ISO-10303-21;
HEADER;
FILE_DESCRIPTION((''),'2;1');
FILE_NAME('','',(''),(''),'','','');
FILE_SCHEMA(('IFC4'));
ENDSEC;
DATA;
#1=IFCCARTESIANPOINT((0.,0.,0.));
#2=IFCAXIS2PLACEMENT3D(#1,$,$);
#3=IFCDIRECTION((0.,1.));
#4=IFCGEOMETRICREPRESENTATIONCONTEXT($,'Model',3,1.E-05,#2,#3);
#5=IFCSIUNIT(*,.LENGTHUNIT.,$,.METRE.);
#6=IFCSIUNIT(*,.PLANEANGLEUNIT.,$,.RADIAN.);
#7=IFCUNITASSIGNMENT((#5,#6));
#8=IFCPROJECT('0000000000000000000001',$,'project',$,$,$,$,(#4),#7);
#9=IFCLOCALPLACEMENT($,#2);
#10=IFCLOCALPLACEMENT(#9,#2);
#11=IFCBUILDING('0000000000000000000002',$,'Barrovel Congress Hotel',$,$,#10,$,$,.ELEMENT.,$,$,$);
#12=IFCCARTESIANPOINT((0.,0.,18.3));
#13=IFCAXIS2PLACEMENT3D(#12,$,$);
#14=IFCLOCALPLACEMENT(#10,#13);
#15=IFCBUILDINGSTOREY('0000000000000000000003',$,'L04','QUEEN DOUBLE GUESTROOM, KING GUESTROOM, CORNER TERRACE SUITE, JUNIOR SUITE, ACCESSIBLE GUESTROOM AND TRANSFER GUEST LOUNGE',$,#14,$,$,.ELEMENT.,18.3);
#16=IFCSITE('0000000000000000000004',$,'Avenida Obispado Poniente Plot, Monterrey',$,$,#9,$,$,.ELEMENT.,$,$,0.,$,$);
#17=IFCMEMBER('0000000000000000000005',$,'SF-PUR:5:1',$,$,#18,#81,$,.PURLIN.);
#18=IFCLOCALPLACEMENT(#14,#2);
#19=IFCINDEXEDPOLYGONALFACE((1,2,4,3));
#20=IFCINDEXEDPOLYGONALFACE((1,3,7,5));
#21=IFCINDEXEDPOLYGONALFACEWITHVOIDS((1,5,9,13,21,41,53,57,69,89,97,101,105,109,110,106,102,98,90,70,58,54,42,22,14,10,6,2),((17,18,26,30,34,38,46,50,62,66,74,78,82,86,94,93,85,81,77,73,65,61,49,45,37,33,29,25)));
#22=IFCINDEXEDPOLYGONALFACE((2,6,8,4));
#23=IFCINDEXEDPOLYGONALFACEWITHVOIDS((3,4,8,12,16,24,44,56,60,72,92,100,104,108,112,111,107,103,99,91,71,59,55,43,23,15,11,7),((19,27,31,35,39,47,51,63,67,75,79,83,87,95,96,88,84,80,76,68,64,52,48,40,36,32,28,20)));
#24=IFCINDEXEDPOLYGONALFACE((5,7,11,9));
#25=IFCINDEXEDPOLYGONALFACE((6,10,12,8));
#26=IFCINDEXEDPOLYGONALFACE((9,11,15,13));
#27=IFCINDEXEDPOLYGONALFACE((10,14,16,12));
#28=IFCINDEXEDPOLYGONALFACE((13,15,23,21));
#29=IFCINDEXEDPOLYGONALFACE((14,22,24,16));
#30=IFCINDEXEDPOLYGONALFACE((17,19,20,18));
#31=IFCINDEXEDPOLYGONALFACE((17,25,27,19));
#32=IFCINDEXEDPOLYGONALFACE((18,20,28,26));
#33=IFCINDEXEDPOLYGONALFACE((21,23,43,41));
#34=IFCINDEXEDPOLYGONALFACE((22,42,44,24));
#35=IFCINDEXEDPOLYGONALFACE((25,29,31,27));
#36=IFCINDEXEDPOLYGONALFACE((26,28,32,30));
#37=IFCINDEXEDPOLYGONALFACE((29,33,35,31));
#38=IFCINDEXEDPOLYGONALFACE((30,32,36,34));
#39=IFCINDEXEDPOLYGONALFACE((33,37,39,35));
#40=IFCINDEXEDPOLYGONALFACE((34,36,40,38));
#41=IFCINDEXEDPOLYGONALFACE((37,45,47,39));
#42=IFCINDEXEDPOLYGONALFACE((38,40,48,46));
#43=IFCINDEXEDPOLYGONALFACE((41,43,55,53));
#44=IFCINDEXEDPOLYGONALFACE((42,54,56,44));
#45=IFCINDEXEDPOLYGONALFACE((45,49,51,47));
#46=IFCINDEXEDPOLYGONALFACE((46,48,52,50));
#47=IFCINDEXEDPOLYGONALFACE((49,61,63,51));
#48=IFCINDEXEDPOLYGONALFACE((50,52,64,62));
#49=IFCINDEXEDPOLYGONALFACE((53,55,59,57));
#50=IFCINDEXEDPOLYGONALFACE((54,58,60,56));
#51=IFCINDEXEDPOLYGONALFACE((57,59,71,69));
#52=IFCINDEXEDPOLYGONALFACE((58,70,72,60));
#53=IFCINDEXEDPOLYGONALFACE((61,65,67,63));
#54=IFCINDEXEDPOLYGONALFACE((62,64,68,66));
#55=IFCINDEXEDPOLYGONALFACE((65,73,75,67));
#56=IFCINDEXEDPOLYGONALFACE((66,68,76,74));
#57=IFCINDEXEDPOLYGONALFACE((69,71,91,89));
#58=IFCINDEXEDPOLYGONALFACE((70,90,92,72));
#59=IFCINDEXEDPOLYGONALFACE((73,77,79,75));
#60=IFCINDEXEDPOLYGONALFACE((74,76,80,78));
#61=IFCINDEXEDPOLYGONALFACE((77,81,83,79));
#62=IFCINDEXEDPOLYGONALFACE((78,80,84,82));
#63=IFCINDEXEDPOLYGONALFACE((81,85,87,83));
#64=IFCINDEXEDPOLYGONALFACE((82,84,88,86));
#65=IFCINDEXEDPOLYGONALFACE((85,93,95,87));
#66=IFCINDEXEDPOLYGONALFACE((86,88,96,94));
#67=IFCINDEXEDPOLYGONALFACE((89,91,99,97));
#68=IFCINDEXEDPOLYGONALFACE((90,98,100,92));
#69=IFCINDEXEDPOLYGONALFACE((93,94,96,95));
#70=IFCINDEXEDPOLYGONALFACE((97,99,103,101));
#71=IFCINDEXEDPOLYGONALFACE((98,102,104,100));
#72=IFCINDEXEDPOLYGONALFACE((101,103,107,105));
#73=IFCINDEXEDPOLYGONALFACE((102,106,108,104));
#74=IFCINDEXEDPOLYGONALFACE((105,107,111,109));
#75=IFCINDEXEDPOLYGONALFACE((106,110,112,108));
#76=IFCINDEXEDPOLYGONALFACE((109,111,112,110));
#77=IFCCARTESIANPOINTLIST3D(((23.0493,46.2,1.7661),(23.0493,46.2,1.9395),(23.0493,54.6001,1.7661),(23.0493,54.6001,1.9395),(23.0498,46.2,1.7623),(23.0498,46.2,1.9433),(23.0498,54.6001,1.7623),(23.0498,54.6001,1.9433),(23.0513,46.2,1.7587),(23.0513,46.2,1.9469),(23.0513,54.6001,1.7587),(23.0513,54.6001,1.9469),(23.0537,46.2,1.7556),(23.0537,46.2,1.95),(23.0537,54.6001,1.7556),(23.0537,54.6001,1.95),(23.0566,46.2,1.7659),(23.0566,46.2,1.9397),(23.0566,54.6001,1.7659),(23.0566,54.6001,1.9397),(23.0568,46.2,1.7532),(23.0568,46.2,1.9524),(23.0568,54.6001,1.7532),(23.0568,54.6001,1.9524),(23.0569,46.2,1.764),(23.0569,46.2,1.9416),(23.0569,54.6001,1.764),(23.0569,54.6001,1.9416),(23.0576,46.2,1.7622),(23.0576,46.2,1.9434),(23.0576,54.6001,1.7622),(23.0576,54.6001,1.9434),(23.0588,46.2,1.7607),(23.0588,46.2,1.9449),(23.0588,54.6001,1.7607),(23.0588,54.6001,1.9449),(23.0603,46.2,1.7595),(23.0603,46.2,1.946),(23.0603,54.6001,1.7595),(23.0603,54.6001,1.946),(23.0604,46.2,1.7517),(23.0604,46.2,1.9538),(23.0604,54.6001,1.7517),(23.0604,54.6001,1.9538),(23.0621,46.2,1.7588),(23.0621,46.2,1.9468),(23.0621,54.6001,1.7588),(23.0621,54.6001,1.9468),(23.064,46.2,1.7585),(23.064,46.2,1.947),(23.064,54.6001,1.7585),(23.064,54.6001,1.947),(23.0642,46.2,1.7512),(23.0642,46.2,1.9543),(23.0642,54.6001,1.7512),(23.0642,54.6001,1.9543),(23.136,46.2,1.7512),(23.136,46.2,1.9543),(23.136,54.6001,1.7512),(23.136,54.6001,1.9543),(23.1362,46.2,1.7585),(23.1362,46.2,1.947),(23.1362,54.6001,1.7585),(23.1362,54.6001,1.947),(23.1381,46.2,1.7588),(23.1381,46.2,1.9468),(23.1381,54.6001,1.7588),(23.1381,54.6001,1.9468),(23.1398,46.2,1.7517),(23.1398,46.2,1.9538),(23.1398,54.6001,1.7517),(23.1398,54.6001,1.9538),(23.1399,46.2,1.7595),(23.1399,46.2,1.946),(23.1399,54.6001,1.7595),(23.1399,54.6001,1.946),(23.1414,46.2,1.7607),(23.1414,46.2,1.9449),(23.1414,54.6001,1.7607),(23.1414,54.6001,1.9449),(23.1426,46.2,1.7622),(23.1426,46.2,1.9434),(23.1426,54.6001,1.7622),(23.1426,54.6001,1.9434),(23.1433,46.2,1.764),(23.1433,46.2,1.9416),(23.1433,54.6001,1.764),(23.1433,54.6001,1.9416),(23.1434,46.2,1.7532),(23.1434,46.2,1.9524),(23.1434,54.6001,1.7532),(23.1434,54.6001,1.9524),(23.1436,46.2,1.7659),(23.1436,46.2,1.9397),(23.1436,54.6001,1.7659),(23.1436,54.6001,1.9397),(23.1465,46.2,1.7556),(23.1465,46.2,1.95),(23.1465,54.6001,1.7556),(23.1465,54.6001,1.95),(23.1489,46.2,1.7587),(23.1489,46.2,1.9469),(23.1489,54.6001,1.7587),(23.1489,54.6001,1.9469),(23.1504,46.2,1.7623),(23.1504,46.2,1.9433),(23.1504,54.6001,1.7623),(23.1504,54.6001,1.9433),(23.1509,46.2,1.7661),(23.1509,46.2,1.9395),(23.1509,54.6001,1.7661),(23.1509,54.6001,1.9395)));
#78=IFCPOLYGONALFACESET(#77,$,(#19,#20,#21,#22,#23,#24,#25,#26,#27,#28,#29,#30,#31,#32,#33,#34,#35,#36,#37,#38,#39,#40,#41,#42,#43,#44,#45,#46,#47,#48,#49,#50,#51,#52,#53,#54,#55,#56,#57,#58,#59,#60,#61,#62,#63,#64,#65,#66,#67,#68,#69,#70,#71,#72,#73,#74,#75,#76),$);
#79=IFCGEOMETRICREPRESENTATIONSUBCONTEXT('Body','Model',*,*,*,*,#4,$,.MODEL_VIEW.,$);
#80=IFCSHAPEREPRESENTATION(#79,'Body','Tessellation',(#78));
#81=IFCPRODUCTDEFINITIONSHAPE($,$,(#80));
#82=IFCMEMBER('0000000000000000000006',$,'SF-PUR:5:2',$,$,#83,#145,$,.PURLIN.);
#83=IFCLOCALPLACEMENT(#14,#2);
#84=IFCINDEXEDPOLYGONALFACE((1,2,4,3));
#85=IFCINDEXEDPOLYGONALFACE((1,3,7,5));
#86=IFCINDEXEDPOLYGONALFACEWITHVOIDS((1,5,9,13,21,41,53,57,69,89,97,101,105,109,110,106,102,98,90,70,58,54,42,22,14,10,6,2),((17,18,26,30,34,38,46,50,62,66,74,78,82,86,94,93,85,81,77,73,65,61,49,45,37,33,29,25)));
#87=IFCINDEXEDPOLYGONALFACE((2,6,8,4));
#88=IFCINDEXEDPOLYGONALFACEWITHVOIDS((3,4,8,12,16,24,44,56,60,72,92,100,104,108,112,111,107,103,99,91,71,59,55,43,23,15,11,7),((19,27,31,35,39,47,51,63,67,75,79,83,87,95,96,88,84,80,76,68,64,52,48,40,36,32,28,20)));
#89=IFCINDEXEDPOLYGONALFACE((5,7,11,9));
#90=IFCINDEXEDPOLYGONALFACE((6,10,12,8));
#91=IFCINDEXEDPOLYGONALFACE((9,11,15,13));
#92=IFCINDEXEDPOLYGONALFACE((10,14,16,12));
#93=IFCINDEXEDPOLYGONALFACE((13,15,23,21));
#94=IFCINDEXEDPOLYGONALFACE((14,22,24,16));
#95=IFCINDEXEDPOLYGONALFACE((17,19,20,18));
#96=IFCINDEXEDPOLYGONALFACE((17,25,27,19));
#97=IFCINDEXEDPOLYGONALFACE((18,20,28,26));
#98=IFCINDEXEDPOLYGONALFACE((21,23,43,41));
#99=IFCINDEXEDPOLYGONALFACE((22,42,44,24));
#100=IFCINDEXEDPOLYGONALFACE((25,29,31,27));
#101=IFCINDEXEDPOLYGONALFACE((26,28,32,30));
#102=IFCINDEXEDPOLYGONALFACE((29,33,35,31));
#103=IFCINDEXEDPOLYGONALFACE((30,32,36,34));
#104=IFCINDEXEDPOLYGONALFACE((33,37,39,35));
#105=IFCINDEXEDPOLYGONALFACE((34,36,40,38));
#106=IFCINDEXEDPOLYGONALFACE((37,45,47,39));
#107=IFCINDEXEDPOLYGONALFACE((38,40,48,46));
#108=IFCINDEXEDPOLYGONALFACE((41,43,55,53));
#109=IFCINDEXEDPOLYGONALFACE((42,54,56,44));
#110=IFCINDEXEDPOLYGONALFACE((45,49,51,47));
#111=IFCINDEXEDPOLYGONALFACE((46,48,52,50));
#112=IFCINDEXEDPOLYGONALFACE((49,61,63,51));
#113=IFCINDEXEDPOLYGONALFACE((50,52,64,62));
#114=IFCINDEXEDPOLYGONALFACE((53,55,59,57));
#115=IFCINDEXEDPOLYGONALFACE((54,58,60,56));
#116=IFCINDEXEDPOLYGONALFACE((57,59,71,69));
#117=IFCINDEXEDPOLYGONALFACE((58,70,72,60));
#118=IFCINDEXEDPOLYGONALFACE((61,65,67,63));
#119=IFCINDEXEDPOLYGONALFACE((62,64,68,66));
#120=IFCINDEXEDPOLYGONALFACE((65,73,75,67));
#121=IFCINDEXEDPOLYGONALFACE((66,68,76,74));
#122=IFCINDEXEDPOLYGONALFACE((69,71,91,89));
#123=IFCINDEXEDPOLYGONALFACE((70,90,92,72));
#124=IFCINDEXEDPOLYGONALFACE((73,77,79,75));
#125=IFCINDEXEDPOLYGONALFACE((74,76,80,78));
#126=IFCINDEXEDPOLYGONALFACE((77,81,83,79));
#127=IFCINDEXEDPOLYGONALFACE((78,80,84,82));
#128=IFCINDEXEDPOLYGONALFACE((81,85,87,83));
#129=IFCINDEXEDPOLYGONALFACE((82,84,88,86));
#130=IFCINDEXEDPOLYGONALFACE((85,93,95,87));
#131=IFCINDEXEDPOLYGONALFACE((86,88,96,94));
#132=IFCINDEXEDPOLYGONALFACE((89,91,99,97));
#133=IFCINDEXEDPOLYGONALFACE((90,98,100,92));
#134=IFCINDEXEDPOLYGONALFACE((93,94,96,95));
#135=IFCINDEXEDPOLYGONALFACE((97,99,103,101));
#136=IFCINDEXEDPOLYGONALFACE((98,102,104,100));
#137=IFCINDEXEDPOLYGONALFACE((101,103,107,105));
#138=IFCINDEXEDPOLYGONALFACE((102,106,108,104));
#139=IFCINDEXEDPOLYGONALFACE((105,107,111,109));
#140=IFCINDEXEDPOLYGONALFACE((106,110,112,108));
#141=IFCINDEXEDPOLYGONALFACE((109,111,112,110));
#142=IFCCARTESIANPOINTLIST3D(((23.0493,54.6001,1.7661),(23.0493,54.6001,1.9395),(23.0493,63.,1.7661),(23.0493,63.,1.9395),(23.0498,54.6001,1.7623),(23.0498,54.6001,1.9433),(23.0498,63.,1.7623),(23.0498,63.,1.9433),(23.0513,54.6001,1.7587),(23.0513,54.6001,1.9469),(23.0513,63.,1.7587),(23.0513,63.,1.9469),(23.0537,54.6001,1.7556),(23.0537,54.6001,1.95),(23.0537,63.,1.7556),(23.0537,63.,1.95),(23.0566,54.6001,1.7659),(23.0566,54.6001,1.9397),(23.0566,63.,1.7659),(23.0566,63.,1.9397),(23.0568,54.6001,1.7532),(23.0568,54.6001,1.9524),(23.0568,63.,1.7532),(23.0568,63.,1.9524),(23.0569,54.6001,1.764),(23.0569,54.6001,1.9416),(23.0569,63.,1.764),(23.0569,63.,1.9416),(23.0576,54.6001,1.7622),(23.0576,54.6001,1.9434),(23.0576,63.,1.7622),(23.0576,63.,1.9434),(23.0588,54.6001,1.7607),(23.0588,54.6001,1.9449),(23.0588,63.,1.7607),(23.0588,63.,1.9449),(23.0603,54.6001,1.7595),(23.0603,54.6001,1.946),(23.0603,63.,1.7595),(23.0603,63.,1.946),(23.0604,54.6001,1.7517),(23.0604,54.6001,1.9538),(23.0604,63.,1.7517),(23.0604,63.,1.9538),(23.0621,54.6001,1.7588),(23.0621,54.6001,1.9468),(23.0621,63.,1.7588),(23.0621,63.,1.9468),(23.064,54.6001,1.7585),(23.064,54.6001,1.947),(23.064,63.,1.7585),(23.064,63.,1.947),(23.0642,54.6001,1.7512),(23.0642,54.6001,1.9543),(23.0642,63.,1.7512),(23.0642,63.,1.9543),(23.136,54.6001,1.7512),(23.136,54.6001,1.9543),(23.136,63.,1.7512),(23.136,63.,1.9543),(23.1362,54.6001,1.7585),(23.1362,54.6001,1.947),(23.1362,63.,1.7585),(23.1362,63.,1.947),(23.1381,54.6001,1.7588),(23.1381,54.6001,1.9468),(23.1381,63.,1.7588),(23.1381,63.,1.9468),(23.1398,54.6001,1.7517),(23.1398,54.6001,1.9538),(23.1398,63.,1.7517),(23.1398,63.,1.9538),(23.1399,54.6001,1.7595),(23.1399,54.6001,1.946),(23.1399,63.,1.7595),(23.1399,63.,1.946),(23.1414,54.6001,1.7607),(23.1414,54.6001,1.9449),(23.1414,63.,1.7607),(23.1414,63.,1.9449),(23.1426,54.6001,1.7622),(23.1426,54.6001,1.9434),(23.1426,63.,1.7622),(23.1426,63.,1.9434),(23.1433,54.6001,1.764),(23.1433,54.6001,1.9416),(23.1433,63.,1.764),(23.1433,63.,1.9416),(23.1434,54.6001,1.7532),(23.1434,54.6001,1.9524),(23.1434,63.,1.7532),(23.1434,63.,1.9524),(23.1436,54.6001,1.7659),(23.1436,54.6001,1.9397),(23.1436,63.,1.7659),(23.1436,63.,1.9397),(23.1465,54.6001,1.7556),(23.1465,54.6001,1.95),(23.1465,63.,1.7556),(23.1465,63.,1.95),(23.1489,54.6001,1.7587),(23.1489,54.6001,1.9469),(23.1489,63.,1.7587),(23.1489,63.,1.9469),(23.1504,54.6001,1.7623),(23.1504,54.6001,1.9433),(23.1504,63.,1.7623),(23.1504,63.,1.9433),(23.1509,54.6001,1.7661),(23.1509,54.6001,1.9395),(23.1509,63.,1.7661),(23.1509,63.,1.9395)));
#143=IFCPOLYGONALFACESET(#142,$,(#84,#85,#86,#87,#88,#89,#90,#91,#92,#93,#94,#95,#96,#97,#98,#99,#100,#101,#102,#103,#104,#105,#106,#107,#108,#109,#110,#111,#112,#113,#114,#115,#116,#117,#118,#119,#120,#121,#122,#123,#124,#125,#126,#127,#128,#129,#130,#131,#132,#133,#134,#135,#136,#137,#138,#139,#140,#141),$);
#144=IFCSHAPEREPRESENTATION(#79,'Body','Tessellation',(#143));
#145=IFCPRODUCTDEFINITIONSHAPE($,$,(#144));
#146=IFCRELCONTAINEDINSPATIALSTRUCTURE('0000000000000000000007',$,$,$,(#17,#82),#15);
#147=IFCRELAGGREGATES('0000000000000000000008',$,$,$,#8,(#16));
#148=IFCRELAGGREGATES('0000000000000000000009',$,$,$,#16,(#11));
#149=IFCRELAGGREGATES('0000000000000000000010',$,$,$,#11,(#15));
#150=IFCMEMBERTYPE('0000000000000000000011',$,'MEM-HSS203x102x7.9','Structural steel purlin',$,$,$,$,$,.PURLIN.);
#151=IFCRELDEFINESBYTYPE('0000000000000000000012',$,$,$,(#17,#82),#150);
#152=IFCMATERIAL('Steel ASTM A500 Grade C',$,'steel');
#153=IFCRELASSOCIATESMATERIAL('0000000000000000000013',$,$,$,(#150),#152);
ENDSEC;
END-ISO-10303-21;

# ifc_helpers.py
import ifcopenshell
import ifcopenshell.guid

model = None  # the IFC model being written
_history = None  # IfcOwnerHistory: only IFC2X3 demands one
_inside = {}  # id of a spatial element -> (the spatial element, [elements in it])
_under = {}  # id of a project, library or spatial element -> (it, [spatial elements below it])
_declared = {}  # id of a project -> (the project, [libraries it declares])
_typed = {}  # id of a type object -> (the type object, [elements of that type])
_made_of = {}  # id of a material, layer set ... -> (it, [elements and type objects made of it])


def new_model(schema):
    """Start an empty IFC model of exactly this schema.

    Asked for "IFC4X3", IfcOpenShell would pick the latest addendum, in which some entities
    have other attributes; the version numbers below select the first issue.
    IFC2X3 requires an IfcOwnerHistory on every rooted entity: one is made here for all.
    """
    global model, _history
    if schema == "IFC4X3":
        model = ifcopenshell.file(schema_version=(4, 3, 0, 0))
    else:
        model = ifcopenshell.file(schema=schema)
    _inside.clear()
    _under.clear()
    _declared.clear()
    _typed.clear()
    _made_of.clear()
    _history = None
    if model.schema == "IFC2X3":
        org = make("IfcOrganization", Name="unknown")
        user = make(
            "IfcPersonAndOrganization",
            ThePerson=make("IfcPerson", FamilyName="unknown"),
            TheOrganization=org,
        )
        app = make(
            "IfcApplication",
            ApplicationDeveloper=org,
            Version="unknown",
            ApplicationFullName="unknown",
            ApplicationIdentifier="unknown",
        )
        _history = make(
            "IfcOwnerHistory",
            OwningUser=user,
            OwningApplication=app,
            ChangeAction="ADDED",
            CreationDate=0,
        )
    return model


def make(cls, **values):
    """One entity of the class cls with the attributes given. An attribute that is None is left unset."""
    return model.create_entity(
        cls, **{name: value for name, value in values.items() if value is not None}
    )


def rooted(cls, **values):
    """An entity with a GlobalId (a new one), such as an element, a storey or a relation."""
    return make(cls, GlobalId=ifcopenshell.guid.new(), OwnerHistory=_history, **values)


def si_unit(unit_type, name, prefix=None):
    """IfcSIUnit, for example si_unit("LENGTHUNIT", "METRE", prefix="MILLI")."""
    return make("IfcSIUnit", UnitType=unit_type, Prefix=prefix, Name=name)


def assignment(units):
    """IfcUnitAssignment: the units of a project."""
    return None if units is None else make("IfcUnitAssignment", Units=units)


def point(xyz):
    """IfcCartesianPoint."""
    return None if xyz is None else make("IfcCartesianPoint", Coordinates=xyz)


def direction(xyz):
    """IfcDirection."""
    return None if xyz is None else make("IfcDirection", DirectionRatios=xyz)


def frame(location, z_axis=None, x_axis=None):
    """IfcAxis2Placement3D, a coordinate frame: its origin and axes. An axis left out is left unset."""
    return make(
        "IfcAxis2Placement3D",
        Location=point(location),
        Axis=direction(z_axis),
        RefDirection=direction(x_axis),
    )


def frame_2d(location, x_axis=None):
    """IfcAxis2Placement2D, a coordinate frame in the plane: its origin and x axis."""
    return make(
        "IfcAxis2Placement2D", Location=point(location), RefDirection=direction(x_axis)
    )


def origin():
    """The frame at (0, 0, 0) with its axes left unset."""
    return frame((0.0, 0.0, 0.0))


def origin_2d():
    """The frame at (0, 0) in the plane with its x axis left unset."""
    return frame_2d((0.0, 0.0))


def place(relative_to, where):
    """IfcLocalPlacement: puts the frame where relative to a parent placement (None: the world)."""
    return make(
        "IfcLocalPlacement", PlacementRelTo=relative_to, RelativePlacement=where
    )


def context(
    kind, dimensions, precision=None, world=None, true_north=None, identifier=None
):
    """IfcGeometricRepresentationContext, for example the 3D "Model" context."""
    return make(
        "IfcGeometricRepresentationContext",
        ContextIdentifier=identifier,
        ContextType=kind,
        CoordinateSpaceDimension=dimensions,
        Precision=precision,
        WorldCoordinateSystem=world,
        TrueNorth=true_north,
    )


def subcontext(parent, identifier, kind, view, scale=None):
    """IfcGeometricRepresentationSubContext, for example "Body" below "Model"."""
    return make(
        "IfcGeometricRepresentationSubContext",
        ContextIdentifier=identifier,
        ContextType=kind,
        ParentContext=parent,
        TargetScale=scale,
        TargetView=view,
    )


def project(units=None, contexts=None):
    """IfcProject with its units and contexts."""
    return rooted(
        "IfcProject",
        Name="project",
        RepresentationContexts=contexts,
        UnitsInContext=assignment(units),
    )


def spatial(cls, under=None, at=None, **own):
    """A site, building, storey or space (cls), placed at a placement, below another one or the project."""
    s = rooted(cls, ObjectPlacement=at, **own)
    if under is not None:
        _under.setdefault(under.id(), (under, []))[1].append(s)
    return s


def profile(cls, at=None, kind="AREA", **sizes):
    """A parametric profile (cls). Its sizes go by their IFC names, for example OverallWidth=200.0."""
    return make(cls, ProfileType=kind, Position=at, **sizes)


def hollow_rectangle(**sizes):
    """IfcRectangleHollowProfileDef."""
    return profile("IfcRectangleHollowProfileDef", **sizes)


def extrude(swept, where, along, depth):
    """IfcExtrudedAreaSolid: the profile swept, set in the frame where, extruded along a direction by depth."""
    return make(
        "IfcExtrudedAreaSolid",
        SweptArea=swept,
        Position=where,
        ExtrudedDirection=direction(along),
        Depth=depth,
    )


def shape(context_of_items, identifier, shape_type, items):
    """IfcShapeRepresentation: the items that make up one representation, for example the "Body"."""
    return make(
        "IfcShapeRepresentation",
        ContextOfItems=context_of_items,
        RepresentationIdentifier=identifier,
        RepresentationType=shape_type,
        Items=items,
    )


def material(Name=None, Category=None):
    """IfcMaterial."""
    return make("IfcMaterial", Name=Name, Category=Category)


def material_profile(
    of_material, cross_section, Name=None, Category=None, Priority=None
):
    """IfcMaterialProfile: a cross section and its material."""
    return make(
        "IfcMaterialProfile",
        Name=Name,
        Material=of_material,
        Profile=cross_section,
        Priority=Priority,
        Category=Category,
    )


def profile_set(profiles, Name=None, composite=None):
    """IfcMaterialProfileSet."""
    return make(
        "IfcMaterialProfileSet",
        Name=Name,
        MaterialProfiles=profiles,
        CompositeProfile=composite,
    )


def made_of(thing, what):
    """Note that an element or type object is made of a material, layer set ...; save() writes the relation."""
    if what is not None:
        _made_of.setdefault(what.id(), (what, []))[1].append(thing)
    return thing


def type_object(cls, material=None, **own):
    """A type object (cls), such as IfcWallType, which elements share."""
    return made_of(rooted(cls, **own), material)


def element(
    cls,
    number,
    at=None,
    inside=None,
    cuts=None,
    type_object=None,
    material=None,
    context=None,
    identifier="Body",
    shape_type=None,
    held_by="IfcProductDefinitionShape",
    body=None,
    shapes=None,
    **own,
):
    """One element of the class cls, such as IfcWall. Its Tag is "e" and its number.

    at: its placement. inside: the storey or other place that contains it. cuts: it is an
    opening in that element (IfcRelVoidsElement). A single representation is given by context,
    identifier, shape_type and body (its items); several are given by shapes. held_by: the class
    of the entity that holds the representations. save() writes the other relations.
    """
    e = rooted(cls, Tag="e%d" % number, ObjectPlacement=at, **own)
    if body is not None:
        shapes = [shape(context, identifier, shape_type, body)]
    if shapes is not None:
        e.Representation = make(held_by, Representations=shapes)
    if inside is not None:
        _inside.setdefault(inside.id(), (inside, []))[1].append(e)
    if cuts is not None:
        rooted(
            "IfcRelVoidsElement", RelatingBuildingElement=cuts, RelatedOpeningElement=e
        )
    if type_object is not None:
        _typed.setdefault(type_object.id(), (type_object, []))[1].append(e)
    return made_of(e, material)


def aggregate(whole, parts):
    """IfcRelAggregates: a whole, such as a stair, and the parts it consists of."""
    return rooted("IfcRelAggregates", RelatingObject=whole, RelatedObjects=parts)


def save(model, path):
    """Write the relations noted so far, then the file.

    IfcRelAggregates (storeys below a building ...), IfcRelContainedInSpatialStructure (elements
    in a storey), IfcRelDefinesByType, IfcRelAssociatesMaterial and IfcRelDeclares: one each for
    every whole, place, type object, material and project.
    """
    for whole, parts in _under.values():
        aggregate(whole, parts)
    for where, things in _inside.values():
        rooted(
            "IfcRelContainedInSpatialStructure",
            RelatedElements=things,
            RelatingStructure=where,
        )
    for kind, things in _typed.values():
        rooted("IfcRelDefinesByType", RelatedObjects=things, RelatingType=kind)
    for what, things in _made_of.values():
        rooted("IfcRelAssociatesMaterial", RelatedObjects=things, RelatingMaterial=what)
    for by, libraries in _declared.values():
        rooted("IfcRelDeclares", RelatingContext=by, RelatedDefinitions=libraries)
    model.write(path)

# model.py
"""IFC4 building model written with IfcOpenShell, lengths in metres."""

from ifc_helpers import new_model, si_unit, direction, frame, origin, origin_2d, place, context, subcontext, project, spatial, hollow_rectangle, extrude, material, material_profile, profile_set, type_object, element, save


model = new_model("IFC4")

# Units and contexts
model_context = context("Model", 3, precision=1e-05, world=origin(), true_north=direction((0.0, 1.0)))
body_context = subcontext(model_context, "Body", "Model", "MODEL_VIEW")
ifc_project = project(units=[si_unit("LENGTHUNIT", "METRE"), si_unit("PLANEANGLEUNIT", "RADIAN")], contexts=[model_context])

# Site, building, storey
site_placement = place(None, origin())
site = spatial("IfcSite", under=ifc_project, at=site_placement, Name="Avenida Obispado Poniente Plot, Monterrey", CompositionType="ELEMENT", RefElevation=0.0)
building_placement = place(site_placement, origin())
building = spatial("IfcBuilding", under=site, at=building_placement, Name="Barrovel Congress Hotel", CompositionType="ELEMENT")
storey_placement = place(building_placement, frame((0.0, 0.0, 18.3)))
storey = spatial("IfcBuildingStorey", under=building, at=storey_placement, Name="L04", Description="QUEEN DOUBLE GUESTROOM, KING GUESTROOM, CORNER TERRACE SUITE, JUNIOR SUITE, ACCESSIBLE GUESTROOM AND TRANSFER GUEST LOUNGE", CompositionType="ELEMENT", Elevation=18.3)

# Members
ifc_material_1 = material(Name="Steel ASTM A500 Grade C", Category="steel")
ifc_material_profile_1 = material_profile(ifc_material_1, hollow_rectangle(XDim=0.1016, YDim=0.2031, WallThickness=0.0073, InnerFilletRadius=0.0073, OuterFilletRadius=0.0149, at=origin_2d()), Name="HSS203x102x7.9")
ifc_profile_set_1 = profile_set([ifc_material_profile_1], Name="Steel ASTM A500 Grade C")
member_type = type_object("IfcMemberType", Name="MEM-HSS203x102x7.9", Description="Structural steel purlin", PredefinedType="PURLIN", material=ifc_profile_set_1)
member_1_placement = place(storey_placement, frame((23.1001, 46.2, 1.8528), z_axis=(0.0, 1.0, 0.0), x_axis=(-1.0, 0.0, 0.0)))
element("IfcMember", 1, at=member_1_placement, inside=storey, type_object=member_type, Name="SF-PUR:5:1", PredefinedType="PURLIN", context=body_context, shape_type="SweptSolid", body=[
    extrude(hollow_rectangle(XDim=0.1016, YDim=0.2031, WallThickness=0.0073, InnerFilletRadius=0.0073, OuterFilletRadius=0.0149, at=origin_2d()), origin(), (0.0, 0.0, 1.0), 8.4001),
])
for number, where, z_axis, x_axis, name in (
    (2, (23.1001, 54.6001, 1.8528), (0.0, 1.0, 0.0), (-1.0, 0.0, 0.0), "SF-PUR:5:2"),
):
    element("IfcMember", number, at=place(storey_placement, frame(where, z_axis=z_axis, x_axis=x_axis)), inside=storey, type_object=member_type, Name=name, PredefinedType="PURLIN", context=body_context, shape_type="SweptSolid", body=[
        extrude(hollow_rectangle(XDim=0.1016, YDim=0.2031, WallThickness=0.0073, InnerFilletRadius=0.0073, OuterFilletRadius=0.0149, at=origin_2d()), origin(), (0.0, 0.0, 1.0), 8.3999),
    ])

save(model, "model.ifc")
